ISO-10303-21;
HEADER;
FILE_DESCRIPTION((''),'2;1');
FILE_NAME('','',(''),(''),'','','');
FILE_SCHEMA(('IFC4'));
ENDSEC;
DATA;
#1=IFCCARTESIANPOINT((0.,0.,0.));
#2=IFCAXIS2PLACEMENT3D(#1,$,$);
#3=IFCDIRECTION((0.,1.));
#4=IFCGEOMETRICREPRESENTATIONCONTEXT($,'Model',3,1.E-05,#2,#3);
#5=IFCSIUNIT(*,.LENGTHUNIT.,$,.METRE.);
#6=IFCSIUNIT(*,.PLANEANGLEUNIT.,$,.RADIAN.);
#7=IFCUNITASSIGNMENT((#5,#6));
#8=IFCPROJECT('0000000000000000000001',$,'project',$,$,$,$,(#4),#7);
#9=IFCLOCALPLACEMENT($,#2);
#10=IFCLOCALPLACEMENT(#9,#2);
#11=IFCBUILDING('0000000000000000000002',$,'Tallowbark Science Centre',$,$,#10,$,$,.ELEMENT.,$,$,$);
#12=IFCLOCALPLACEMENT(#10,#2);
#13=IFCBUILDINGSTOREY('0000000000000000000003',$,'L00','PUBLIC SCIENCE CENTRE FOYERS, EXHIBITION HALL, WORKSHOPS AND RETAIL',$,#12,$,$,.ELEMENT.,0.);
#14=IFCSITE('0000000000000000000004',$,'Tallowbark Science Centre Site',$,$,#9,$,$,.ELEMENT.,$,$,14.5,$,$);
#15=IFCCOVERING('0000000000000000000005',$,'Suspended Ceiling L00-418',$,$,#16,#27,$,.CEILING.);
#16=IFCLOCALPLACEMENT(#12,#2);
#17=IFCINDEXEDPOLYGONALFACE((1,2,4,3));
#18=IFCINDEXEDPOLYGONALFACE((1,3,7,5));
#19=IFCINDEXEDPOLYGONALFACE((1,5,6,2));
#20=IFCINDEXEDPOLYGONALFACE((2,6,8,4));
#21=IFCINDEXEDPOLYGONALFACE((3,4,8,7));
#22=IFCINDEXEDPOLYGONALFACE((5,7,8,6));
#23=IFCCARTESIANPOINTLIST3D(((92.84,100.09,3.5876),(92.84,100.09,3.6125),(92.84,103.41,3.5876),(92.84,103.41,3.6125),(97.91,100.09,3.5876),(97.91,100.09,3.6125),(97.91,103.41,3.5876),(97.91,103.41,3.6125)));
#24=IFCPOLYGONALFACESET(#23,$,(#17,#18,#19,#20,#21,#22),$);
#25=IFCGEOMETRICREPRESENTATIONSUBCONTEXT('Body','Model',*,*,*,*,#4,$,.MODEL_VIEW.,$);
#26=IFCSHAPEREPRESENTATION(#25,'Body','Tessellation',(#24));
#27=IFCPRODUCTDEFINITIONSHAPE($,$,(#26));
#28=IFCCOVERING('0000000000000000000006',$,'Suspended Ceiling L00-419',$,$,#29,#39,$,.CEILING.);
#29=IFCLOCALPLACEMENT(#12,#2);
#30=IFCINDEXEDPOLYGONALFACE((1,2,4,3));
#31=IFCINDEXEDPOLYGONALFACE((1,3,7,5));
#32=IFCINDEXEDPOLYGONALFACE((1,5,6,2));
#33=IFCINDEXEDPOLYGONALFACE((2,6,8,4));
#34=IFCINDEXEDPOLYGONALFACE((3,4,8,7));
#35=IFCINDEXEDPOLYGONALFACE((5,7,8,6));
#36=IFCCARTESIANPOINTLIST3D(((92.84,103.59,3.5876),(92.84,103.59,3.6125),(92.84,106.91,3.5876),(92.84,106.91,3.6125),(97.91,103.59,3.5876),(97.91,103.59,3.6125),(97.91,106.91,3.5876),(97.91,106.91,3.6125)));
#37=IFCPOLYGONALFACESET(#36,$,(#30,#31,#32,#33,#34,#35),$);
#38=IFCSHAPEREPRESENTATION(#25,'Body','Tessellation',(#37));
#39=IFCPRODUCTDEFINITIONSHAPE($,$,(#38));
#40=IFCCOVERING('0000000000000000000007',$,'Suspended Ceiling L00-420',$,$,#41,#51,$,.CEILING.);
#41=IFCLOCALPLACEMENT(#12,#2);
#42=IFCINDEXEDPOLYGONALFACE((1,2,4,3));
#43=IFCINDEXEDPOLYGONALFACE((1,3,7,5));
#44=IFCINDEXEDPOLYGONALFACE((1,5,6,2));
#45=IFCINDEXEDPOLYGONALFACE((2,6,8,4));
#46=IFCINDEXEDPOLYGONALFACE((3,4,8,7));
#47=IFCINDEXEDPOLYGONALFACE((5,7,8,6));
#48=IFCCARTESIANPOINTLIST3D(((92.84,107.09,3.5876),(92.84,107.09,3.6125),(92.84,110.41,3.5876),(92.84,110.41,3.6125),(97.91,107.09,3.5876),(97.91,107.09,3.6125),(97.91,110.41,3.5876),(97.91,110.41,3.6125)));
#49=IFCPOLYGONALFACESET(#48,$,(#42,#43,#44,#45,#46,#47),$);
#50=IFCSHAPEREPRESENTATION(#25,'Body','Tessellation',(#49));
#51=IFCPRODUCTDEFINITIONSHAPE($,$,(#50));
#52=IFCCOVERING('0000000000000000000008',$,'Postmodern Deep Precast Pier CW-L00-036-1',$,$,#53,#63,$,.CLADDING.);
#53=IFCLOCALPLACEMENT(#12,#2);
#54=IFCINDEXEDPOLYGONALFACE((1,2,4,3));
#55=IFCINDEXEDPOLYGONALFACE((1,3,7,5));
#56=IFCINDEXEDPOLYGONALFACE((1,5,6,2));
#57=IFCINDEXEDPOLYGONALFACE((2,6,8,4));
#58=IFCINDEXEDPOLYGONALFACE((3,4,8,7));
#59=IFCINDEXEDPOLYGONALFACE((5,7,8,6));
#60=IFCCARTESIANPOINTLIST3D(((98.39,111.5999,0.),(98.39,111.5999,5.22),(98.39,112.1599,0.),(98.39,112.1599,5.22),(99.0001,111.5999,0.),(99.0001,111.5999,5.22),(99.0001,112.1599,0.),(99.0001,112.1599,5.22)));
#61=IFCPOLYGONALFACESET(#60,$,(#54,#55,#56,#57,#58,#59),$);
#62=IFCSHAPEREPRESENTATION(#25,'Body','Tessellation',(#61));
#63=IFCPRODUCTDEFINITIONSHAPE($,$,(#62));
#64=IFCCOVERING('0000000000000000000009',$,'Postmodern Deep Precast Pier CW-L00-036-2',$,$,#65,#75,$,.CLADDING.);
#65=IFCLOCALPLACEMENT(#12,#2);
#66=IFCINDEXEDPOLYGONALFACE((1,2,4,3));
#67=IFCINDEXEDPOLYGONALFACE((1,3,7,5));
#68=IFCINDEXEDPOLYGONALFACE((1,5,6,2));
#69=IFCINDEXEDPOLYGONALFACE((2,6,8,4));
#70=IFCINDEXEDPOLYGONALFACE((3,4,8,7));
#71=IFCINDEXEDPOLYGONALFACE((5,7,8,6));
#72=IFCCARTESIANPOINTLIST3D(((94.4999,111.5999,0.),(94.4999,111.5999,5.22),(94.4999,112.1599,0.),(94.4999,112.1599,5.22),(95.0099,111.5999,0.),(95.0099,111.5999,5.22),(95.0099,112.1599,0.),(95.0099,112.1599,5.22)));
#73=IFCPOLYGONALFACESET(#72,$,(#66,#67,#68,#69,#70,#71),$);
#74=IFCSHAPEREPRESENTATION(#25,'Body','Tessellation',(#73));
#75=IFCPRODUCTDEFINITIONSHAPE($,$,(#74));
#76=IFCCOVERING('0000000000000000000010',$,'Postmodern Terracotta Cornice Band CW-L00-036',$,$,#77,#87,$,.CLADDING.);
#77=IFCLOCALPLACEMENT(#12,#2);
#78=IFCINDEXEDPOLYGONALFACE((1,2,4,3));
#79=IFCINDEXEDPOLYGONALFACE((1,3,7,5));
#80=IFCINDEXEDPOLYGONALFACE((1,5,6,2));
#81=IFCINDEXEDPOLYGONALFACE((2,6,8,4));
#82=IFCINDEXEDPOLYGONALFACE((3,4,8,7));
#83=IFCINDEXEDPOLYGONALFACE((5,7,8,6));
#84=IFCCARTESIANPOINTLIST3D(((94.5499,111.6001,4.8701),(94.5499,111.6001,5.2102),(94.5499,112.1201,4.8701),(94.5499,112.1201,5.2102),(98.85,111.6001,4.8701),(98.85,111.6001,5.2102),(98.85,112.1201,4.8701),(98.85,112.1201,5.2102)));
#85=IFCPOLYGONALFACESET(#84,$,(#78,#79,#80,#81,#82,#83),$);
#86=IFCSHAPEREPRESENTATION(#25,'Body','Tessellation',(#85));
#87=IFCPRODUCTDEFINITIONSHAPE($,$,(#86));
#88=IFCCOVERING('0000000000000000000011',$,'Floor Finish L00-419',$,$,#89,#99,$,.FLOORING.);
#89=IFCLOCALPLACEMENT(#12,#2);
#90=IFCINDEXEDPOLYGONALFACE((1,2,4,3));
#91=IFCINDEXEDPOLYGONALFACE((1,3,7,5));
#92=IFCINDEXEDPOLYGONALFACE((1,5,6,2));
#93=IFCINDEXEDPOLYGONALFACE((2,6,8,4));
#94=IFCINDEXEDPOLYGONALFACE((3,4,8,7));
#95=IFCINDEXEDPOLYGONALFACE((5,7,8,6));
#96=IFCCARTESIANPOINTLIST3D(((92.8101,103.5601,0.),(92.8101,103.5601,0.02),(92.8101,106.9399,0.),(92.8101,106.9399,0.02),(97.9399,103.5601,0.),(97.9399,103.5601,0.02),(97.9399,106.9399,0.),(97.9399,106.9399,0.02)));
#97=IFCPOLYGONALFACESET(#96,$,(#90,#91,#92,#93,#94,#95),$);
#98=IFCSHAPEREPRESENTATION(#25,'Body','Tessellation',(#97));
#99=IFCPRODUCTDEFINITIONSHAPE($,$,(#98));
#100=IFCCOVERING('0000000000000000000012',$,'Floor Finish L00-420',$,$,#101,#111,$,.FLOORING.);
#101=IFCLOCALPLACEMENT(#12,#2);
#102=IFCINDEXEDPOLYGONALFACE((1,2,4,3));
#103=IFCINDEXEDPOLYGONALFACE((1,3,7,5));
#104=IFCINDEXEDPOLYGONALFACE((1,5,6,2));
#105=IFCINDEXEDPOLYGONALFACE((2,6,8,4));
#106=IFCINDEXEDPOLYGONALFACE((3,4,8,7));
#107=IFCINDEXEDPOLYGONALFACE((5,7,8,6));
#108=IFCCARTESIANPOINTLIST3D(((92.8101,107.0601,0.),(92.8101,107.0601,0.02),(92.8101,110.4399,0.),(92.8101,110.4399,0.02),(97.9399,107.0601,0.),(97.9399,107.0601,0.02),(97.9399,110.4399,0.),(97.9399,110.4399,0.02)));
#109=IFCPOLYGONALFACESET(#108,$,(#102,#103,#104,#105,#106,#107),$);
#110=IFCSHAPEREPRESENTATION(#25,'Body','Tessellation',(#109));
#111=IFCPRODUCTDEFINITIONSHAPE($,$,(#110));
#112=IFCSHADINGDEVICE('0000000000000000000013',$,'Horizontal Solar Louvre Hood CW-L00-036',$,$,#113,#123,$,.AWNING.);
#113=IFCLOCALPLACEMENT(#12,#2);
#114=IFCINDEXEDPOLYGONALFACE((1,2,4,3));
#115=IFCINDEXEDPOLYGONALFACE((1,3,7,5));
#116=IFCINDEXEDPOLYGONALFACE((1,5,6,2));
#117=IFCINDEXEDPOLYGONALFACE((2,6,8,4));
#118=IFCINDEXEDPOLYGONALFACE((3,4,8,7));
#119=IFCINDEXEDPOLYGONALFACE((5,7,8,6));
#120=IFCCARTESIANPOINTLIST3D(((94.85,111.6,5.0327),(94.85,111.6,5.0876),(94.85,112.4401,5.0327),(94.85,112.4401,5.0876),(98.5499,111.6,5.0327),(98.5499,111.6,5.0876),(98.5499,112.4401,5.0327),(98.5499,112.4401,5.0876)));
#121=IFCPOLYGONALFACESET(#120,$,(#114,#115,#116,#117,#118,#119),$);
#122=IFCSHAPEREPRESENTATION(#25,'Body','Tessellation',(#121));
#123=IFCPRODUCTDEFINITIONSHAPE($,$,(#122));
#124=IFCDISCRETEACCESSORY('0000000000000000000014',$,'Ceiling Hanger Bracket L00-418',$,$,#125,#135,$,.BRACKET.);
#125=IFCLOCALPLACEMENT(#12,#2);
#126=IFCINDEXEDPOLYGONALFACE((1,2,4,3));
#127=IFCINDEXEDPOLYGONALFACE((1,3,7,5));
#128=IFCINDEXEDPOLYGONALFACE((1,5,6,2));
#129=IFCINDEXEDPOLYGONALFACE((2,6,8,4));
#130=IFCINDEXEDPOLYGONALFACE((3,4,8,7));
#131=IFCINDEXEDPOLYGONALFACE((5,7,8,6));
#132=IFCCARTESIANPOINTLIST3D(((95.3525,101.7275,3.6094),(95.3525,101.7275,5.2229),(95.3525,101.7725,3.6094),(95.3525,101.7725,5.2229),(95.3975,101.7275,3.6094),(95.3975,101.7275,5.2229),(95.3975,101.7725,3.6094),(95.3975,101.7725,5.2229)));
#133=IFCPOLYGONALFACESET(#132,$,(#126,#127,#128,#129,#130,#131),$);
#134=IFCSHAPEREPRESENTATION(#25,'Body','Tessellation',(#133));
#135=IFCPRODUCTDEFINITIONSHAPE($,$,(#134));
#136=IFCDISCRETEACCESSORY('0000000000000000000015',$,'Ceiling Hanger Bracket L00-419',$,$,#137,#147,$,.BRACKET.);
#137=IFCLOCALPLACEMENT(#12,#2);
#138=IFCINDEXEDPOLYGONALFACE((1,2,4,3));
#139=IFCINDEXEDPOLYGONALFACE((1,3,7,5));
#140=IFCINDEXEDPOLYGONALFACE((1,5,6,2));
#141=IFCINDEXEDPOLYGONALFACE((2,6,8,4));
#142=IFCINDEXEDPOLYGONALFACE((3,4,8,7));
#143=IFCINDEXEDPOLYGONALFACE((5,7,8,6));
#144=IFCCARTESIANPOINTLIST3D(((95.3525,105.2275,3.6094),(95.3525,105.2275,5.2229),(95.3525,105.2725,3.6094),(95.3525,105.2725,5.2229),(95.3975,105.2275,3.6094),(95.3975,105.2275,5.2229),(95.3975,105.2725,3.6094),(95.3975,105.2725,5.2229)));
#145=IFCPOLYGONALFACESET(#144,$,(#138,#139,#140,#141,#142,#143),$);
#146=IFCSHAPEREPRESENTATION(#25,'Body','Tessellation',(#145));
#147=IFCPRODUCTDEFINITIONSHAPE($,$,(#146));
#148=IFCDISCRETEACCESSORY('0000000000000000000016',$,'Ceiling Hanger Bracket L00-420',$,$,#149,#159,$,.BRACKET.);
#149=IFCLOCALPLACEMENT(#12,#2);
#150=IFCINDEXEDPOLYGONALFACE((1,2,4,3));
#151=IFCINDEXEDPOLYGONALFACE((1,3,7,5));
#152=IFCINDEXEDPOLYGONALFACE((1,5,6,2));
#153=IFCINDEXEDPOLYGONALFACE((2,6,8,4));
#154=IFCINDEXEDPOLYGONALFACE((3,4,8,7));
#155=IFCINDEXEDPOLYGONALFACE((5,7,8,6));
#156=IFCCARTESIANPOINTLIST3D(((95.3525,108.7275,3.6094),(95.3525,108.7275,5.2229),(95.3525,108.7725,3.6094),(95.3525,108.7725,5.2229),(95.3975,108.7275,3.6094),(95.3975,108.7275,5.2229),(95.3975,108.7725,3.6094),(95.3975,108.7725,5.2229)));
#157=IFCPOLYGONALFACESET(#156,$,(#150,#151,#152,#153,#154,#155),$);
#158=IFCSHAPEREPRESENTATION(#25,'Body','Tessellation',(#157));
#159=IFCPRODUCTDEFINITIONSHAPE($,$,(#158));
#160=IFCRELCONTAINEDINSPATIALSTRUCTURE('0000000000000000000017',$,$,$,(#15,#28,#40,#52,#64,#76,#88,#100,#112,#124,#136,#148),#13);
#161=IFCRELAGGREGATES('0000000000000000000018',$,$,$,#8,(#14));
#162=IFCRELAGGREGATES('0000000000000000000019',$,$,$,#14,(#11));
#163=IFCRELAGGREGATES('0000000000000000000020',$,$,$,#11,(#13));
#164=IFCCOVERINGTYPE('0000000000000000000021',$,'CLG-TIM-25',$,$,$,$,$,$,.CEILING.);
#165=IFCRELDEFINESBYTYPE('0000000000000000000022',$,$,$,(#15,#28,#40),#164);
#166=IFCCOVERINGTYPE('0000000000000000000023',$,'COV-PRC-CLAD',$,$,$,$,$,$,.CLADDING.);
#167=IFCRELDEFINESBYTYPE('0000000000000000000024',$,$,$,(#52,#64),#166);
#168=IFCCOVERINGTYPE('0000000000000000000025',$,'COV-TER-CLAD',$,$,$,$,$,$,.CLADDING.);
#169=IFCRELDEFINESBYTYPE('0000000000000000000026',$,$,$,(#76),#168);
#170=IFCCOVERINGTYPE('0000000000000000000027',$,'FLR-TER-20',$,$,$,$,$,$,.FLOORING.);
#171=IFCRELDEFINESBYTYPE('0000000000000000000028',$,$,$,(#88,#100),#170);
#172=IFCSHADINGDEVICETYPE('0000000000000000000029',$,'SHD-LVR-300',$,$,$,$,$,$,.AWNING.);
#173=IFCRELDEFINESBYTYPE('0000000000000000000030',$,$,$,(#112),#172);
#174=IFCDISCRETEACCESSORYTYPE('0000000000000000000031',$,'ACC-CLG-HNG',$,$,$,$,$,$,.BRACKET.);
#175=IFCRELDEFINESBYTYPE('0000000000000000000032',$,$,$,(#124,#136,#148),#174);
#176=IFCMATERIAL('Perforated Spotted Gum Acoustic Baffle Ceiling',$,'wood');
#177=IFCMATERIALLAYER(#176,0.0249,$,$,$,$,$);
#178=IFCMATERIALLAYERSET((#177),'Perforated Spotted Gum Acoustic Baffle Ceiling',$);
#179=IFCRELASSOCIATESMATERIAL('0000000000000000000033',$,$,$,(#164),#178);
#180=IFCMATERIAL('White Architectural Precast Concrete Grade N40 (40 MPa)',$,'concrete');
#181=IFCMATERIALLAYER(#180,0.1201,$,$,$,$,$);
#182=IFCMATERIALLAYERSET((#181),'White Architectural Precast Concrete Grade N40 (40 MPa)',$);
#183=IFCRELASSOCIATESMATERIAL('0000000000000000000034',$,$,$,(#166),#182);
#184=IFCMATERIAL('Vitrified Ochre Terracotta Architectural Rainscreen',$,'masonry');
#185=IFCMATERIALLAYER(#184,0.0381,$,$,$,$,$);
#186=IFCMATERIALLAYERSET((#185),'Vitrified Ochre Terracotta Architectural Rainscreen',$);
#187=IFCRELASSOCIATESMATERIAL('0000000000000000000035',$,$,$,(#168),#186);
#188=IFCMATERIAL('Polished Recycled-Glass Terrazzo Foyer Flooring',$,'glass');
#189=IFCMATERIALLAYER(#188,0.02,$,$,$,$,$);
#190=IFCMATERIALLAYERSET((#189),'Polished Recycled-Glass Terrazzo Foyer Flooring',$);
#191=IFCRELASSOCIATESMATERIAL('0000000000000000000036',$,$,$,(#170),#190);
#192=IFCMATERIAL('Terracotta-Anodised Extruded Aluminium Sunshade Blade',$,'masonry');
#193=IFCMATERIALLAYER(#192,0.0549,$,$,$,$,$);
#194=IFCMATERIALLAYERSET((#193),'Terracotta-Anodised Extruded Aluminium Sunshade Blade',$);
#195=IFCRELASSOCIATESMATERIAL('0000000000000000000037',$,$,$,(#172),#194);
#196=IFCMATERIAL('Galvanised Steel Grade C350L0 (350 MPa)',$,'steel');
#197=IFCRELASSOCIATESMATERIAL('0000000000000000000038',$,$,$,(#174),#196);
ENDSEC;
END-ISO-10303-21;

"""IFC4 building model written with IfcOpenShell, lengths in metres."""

from ifc_helpers import new_model, si_unit, direction, frame, origin, origin_2d, place, context, subcontext, project, spatial, rectangle, extrude, material, layer, layer_set, type_object, element, save


model = new_model("IFC4")

# Units and contexts
model_context = context("Model", 3, precision=1e-05, world=origin(), true_north=direction((0.0, 1.0)))
body_context = subcontext(model_context, "Body", "Model", "MODEL_VIEW")
ifc_project = project(units=[si_unit("LENGTHUNIT", "METRE"), si_unit("PLANEANGLEUNIT", "RADIAN")], contexts=[model_context])

# Site, building, storey
site_placement = place(None, origin())
site = spatial("IfcSite", under=ifc_project, at=site_placement, Name="Tallowbark Science Centre Site", CompositionType="ELEMENT", RefElevation=14.5)
building_placement = place(site_placement, origin())
building = spatial("IfcBuilding", under=site, at=building_placement, Name="Tallowbark Science Centre", CompositionType="ELEMENT")
storey_placement = place(building_placement, origin())
storey = spatial("IfcBuildingStorey", under=building, at=storey_placement, Name="L00", Description="PUBLIC SCIENCE CENTRE FOYERS, EXHIBITION HALL, WORKSHOPS AND RETAIL", CompositionType="ELEMENT", Elevation=0.0)

# Coverings
ifc_material_1 = material(Name="Perforated Spotted Gum Acoustic Baffle Ceiling", Category="wood")
ifc_layer_1 = layer(ifc_material_1, 0.0249)
ifc_layer_set_1 = layer_set([ifc_layer_1], Name="Perforated Spotted Gum Acoustic Baffle Ceiling")
covering_type_1 = type_object("IfcCoveringType", Name="CLG-TIM-25", PredefinedType="CEILING", material=ifc_layer_set_1)
for number, where, z_axis, x_axis, name in (
    (1, (95.375, 101.75, 3.5876), (0.0, 0.0, 1.0), (1.0, 0.0, 0.0), "Suspended Ceiling L00-418"),
    (2, (95.375, 105.25, 3.5876), (0.0, 0.0, 1.0), (1.0, 0.0, 0.0), "Suspended Ceiling L00-419"),
    (3, (95.375, 108.75, 3.5876), (0.0, 0.0, 1.0), (1.0, 0.0, 0.0), "Suspended Ceiling L00-420"),
):
    element("IfcCovering", number, at=place(storey_placement, frame(where, z_axis=z_axis, x_axis=x_axis)), inside=storey, type_object=covering_type_1, Name=name, PredefinedType="CEILING", context=body_context, shape_type="SweptSolid", body=[
        extrude(rectangle(XDim=5.0701, YDim=3.3201, at=origin_2d()), origin(), (0.0, 0.0, 1.0), 0.0249),
    ])
ifc_material_2 = material(Name="White Architectural Precast Concrete Grade N40 (40 MPa)", Category="concrete")
ifc_layer_2 = layer(ifc_material_2, 0.1201)
ifc_layer_set_2 = layer_set([ifc_layer_2], Name="White Architectural Precast Concrete Grade N40 (40 MPa)")
covering_type_2 = type_object("IfcCoveringType", Name="COV-PRC-CLAD", PredefinedType="CLADDING", material=ifc_layer_set_2)
covering_1_placement = place(storey_placement, frame((98.6951, 111.8799, 0.0), z_axis=(0.0, 0.0, 1.0), x_axis=(-1.0, 0.0, 0.0)))
element("IfcCovering", 4, at=covering_1_placement, inside=storey, type_object=covering_type_2, Name="Postmodern Deep Precast Pier CW-L00-036-1", PredefinedType="CLADDING", context=body_context, shape_type="SweptSolid", body=[
    extrude(rectangle(XDim=0.6101, YDim=0.5601, at=origin_2d()), origin(), (0.0, 0.0, 1.0), 5.22),
])
covering_2_placement = place(storey_placement, frame((94.7549, 111.8799, 0.0), z_axis=(0.0, 0.0, 1.0), x_axis=(-1.0, 0.0, 0.0)))
element("IfcCovering", 5, at=covering_2_placement, inside=storey, type_object=covering_type_2, Name="Postmodern Deep Precast Pier CW-L00-036-2", PredefinedType="CLADDING", context=body_context, shape_type="SweptSolid", body=[
    extrude(rectangle(XDim=0.51, YDim=0.5601, at=origin_2d()), origin(), (0.0, 0.0, 1.0), 5.22),
])
ifc_material_3 = material(Name="Vitrified Ochre Terracotta Architectural Rainscreen", Category="masonry")
ifc_layer_3 = layer(ifc_material_3, 0.0381)
ifc_layer_set_3 = layer_set([ifc_layer_3], Name="Vitrified Ochre Terracotta Architectural Rainscreen")
covering_type_3 = type_object("IfcCoveringType", Name="COV-TER-CLAD", PredefinedType="CLADDING", material=ifc_layer_set_3)
covering_3_placement = place(storey_placement, frame((96.7, 111.8601, 4.8701), z_axis=(0.0, 0.0, 1.0), x_axis=(-1.0, 0.0, 0.0)))
element("IfcCovering", 6, at=covering_3_placement, inside=storey, type_object=covering_type_3, Name="Postmodern Terracotta Cornice Band CW-L00-036", PredefinedType="CLADDING", context=body_context, shape_type="SweptSolid", body=[
    extrude(rectangle(XDim=4.3, YDim=0.52, at=origin_2d()), origin(), (0.0, 0.0, 1.0), 0.3401),
])
ifc_material_4 = material(Name="Polished Recycled-Glass Terrazzo Foyer Flooring", Category="glass")
ifc_layer_4 = layer(ifc_material_4, 0.02)
ifc_layer_set_4 = layer_set([ifc_layer_4], Name="Polished Recycled-Glass Terrazzo Foyer Flooring")
covering_type_4 = type_object("IfcCoveringType", Name="FLR-TER-20", PredefinedType="FLOORING", material=ifc_layer_set_4)
for number, where, z_axis, x_axis, name in (
    (7, (95.375, 105.25, 0.0), (0.0, 0.0, 1.0), (1.0, 0.0, 0.0), "Floor Finish L00-419"),
    (8, (95.375, 108.75, 0.0), (0.0, 0.0, 1.0), (1.0, 0.0, 0.0), "Floor Finish L00-420"),
):
    element("IfcCovering", number, at=place(storey_placement, frame(where, z_axis=z_axis, x_axis=x_axis)), inside=storey, type_object=covering_type_4, Name=name, PredefinedType="FLOORING", context=body_context, shape_type="SweptSolid", body=[
        extrude(rectangle(XDim=5.1299, YDim=3.3799, at=origin_2d()), origin(), (0.0, 0.0, 1.0), 0.02),
    ])

# Shading device
ifc_material_5 = material(Name="Terracotta-Anodised Extruded Aluminium Sunshade Blade", Category="masonry")
ifc_layer_5 = layer(ifc_material_5, 0.0549)
ifc_layer_set_5 = layer_set([ifc_layer_5], Name="Terracotta-Anodised Extruded Aluminium Sunshade Blade")
shading_device_type = type_object("IfcShadingDeviceType", Name="SHD-LVR-300", PredefinedType="AWNING", material=ifc_layer_set_5)
shading_device_placement = place(storey_placement, frame((96.7, 112.02, 5.0327), z_axis=(0.0, 0.0, 1.0), x_axis=(-1.0, 0.0, 0.0)))
element("IfcShadingDevice", 9, at=shading_device_placement, inside=storey, type_object=shading_device_type, Name="Horizontal Solar Louvre Hood CW-L00-036", PredefinedType="AWNING", context=body_context, shape_type="SweptSolid", body=[
    extrude(rectangle(XDim=3.7, YDim=0.8401, at=origin_2d()), origin(), (0.0, 0.0, 1.0), 0.0549),
])

# Discrete accessories
ifc_material_6 = material(Name="Galvanised Steel Grade C350L0 (350 MPa)", Category="steel")
discrete_accessory_type = type_object("IfcDiscreteAccessoryType", Name="ACC-CLG-HNG", PredefinedType="BRACKET", material=ifc_material_6)
for number, where, z_axis, x_axis, name in (
    (10, (95.375, 101.75, 3.6094), (0.0, 0.0, 1.0), (1.0, 0.0, 0.0), "Ceiling Hanger Bracket L00-418"),
    (11, (95.375, 105.25, 3.6094), (0.0, 0.0, 1.0), (1.0, 0.0, 0.0), "Ceiling Hanger Bracket L00-419"),
    (12, (95.375, 108.75, 3.6094), (0.0, 0.0, 1.0), (1.0, 0.0, 0.0), "Ceiling Hanger Bracket L00-420"),
):
    element("IfcDiscreteAccessory", number, at=place(storey_placement, frame(where, z_axis=z_axis, x_axis=x_axis)), inside=storey, type_object=discrete_accessory_type, Name=name, PredefinedType="BRACKET", context=body_context, shape_type="SweptSolid", body=[
        extrude(rectangle(XDim=0.0449, YDim=0.0449, at=origin_2d()), origin(), (0.0, 0.0, 1.0), 1.6135),
    ])

save(model, "model.ifc")
